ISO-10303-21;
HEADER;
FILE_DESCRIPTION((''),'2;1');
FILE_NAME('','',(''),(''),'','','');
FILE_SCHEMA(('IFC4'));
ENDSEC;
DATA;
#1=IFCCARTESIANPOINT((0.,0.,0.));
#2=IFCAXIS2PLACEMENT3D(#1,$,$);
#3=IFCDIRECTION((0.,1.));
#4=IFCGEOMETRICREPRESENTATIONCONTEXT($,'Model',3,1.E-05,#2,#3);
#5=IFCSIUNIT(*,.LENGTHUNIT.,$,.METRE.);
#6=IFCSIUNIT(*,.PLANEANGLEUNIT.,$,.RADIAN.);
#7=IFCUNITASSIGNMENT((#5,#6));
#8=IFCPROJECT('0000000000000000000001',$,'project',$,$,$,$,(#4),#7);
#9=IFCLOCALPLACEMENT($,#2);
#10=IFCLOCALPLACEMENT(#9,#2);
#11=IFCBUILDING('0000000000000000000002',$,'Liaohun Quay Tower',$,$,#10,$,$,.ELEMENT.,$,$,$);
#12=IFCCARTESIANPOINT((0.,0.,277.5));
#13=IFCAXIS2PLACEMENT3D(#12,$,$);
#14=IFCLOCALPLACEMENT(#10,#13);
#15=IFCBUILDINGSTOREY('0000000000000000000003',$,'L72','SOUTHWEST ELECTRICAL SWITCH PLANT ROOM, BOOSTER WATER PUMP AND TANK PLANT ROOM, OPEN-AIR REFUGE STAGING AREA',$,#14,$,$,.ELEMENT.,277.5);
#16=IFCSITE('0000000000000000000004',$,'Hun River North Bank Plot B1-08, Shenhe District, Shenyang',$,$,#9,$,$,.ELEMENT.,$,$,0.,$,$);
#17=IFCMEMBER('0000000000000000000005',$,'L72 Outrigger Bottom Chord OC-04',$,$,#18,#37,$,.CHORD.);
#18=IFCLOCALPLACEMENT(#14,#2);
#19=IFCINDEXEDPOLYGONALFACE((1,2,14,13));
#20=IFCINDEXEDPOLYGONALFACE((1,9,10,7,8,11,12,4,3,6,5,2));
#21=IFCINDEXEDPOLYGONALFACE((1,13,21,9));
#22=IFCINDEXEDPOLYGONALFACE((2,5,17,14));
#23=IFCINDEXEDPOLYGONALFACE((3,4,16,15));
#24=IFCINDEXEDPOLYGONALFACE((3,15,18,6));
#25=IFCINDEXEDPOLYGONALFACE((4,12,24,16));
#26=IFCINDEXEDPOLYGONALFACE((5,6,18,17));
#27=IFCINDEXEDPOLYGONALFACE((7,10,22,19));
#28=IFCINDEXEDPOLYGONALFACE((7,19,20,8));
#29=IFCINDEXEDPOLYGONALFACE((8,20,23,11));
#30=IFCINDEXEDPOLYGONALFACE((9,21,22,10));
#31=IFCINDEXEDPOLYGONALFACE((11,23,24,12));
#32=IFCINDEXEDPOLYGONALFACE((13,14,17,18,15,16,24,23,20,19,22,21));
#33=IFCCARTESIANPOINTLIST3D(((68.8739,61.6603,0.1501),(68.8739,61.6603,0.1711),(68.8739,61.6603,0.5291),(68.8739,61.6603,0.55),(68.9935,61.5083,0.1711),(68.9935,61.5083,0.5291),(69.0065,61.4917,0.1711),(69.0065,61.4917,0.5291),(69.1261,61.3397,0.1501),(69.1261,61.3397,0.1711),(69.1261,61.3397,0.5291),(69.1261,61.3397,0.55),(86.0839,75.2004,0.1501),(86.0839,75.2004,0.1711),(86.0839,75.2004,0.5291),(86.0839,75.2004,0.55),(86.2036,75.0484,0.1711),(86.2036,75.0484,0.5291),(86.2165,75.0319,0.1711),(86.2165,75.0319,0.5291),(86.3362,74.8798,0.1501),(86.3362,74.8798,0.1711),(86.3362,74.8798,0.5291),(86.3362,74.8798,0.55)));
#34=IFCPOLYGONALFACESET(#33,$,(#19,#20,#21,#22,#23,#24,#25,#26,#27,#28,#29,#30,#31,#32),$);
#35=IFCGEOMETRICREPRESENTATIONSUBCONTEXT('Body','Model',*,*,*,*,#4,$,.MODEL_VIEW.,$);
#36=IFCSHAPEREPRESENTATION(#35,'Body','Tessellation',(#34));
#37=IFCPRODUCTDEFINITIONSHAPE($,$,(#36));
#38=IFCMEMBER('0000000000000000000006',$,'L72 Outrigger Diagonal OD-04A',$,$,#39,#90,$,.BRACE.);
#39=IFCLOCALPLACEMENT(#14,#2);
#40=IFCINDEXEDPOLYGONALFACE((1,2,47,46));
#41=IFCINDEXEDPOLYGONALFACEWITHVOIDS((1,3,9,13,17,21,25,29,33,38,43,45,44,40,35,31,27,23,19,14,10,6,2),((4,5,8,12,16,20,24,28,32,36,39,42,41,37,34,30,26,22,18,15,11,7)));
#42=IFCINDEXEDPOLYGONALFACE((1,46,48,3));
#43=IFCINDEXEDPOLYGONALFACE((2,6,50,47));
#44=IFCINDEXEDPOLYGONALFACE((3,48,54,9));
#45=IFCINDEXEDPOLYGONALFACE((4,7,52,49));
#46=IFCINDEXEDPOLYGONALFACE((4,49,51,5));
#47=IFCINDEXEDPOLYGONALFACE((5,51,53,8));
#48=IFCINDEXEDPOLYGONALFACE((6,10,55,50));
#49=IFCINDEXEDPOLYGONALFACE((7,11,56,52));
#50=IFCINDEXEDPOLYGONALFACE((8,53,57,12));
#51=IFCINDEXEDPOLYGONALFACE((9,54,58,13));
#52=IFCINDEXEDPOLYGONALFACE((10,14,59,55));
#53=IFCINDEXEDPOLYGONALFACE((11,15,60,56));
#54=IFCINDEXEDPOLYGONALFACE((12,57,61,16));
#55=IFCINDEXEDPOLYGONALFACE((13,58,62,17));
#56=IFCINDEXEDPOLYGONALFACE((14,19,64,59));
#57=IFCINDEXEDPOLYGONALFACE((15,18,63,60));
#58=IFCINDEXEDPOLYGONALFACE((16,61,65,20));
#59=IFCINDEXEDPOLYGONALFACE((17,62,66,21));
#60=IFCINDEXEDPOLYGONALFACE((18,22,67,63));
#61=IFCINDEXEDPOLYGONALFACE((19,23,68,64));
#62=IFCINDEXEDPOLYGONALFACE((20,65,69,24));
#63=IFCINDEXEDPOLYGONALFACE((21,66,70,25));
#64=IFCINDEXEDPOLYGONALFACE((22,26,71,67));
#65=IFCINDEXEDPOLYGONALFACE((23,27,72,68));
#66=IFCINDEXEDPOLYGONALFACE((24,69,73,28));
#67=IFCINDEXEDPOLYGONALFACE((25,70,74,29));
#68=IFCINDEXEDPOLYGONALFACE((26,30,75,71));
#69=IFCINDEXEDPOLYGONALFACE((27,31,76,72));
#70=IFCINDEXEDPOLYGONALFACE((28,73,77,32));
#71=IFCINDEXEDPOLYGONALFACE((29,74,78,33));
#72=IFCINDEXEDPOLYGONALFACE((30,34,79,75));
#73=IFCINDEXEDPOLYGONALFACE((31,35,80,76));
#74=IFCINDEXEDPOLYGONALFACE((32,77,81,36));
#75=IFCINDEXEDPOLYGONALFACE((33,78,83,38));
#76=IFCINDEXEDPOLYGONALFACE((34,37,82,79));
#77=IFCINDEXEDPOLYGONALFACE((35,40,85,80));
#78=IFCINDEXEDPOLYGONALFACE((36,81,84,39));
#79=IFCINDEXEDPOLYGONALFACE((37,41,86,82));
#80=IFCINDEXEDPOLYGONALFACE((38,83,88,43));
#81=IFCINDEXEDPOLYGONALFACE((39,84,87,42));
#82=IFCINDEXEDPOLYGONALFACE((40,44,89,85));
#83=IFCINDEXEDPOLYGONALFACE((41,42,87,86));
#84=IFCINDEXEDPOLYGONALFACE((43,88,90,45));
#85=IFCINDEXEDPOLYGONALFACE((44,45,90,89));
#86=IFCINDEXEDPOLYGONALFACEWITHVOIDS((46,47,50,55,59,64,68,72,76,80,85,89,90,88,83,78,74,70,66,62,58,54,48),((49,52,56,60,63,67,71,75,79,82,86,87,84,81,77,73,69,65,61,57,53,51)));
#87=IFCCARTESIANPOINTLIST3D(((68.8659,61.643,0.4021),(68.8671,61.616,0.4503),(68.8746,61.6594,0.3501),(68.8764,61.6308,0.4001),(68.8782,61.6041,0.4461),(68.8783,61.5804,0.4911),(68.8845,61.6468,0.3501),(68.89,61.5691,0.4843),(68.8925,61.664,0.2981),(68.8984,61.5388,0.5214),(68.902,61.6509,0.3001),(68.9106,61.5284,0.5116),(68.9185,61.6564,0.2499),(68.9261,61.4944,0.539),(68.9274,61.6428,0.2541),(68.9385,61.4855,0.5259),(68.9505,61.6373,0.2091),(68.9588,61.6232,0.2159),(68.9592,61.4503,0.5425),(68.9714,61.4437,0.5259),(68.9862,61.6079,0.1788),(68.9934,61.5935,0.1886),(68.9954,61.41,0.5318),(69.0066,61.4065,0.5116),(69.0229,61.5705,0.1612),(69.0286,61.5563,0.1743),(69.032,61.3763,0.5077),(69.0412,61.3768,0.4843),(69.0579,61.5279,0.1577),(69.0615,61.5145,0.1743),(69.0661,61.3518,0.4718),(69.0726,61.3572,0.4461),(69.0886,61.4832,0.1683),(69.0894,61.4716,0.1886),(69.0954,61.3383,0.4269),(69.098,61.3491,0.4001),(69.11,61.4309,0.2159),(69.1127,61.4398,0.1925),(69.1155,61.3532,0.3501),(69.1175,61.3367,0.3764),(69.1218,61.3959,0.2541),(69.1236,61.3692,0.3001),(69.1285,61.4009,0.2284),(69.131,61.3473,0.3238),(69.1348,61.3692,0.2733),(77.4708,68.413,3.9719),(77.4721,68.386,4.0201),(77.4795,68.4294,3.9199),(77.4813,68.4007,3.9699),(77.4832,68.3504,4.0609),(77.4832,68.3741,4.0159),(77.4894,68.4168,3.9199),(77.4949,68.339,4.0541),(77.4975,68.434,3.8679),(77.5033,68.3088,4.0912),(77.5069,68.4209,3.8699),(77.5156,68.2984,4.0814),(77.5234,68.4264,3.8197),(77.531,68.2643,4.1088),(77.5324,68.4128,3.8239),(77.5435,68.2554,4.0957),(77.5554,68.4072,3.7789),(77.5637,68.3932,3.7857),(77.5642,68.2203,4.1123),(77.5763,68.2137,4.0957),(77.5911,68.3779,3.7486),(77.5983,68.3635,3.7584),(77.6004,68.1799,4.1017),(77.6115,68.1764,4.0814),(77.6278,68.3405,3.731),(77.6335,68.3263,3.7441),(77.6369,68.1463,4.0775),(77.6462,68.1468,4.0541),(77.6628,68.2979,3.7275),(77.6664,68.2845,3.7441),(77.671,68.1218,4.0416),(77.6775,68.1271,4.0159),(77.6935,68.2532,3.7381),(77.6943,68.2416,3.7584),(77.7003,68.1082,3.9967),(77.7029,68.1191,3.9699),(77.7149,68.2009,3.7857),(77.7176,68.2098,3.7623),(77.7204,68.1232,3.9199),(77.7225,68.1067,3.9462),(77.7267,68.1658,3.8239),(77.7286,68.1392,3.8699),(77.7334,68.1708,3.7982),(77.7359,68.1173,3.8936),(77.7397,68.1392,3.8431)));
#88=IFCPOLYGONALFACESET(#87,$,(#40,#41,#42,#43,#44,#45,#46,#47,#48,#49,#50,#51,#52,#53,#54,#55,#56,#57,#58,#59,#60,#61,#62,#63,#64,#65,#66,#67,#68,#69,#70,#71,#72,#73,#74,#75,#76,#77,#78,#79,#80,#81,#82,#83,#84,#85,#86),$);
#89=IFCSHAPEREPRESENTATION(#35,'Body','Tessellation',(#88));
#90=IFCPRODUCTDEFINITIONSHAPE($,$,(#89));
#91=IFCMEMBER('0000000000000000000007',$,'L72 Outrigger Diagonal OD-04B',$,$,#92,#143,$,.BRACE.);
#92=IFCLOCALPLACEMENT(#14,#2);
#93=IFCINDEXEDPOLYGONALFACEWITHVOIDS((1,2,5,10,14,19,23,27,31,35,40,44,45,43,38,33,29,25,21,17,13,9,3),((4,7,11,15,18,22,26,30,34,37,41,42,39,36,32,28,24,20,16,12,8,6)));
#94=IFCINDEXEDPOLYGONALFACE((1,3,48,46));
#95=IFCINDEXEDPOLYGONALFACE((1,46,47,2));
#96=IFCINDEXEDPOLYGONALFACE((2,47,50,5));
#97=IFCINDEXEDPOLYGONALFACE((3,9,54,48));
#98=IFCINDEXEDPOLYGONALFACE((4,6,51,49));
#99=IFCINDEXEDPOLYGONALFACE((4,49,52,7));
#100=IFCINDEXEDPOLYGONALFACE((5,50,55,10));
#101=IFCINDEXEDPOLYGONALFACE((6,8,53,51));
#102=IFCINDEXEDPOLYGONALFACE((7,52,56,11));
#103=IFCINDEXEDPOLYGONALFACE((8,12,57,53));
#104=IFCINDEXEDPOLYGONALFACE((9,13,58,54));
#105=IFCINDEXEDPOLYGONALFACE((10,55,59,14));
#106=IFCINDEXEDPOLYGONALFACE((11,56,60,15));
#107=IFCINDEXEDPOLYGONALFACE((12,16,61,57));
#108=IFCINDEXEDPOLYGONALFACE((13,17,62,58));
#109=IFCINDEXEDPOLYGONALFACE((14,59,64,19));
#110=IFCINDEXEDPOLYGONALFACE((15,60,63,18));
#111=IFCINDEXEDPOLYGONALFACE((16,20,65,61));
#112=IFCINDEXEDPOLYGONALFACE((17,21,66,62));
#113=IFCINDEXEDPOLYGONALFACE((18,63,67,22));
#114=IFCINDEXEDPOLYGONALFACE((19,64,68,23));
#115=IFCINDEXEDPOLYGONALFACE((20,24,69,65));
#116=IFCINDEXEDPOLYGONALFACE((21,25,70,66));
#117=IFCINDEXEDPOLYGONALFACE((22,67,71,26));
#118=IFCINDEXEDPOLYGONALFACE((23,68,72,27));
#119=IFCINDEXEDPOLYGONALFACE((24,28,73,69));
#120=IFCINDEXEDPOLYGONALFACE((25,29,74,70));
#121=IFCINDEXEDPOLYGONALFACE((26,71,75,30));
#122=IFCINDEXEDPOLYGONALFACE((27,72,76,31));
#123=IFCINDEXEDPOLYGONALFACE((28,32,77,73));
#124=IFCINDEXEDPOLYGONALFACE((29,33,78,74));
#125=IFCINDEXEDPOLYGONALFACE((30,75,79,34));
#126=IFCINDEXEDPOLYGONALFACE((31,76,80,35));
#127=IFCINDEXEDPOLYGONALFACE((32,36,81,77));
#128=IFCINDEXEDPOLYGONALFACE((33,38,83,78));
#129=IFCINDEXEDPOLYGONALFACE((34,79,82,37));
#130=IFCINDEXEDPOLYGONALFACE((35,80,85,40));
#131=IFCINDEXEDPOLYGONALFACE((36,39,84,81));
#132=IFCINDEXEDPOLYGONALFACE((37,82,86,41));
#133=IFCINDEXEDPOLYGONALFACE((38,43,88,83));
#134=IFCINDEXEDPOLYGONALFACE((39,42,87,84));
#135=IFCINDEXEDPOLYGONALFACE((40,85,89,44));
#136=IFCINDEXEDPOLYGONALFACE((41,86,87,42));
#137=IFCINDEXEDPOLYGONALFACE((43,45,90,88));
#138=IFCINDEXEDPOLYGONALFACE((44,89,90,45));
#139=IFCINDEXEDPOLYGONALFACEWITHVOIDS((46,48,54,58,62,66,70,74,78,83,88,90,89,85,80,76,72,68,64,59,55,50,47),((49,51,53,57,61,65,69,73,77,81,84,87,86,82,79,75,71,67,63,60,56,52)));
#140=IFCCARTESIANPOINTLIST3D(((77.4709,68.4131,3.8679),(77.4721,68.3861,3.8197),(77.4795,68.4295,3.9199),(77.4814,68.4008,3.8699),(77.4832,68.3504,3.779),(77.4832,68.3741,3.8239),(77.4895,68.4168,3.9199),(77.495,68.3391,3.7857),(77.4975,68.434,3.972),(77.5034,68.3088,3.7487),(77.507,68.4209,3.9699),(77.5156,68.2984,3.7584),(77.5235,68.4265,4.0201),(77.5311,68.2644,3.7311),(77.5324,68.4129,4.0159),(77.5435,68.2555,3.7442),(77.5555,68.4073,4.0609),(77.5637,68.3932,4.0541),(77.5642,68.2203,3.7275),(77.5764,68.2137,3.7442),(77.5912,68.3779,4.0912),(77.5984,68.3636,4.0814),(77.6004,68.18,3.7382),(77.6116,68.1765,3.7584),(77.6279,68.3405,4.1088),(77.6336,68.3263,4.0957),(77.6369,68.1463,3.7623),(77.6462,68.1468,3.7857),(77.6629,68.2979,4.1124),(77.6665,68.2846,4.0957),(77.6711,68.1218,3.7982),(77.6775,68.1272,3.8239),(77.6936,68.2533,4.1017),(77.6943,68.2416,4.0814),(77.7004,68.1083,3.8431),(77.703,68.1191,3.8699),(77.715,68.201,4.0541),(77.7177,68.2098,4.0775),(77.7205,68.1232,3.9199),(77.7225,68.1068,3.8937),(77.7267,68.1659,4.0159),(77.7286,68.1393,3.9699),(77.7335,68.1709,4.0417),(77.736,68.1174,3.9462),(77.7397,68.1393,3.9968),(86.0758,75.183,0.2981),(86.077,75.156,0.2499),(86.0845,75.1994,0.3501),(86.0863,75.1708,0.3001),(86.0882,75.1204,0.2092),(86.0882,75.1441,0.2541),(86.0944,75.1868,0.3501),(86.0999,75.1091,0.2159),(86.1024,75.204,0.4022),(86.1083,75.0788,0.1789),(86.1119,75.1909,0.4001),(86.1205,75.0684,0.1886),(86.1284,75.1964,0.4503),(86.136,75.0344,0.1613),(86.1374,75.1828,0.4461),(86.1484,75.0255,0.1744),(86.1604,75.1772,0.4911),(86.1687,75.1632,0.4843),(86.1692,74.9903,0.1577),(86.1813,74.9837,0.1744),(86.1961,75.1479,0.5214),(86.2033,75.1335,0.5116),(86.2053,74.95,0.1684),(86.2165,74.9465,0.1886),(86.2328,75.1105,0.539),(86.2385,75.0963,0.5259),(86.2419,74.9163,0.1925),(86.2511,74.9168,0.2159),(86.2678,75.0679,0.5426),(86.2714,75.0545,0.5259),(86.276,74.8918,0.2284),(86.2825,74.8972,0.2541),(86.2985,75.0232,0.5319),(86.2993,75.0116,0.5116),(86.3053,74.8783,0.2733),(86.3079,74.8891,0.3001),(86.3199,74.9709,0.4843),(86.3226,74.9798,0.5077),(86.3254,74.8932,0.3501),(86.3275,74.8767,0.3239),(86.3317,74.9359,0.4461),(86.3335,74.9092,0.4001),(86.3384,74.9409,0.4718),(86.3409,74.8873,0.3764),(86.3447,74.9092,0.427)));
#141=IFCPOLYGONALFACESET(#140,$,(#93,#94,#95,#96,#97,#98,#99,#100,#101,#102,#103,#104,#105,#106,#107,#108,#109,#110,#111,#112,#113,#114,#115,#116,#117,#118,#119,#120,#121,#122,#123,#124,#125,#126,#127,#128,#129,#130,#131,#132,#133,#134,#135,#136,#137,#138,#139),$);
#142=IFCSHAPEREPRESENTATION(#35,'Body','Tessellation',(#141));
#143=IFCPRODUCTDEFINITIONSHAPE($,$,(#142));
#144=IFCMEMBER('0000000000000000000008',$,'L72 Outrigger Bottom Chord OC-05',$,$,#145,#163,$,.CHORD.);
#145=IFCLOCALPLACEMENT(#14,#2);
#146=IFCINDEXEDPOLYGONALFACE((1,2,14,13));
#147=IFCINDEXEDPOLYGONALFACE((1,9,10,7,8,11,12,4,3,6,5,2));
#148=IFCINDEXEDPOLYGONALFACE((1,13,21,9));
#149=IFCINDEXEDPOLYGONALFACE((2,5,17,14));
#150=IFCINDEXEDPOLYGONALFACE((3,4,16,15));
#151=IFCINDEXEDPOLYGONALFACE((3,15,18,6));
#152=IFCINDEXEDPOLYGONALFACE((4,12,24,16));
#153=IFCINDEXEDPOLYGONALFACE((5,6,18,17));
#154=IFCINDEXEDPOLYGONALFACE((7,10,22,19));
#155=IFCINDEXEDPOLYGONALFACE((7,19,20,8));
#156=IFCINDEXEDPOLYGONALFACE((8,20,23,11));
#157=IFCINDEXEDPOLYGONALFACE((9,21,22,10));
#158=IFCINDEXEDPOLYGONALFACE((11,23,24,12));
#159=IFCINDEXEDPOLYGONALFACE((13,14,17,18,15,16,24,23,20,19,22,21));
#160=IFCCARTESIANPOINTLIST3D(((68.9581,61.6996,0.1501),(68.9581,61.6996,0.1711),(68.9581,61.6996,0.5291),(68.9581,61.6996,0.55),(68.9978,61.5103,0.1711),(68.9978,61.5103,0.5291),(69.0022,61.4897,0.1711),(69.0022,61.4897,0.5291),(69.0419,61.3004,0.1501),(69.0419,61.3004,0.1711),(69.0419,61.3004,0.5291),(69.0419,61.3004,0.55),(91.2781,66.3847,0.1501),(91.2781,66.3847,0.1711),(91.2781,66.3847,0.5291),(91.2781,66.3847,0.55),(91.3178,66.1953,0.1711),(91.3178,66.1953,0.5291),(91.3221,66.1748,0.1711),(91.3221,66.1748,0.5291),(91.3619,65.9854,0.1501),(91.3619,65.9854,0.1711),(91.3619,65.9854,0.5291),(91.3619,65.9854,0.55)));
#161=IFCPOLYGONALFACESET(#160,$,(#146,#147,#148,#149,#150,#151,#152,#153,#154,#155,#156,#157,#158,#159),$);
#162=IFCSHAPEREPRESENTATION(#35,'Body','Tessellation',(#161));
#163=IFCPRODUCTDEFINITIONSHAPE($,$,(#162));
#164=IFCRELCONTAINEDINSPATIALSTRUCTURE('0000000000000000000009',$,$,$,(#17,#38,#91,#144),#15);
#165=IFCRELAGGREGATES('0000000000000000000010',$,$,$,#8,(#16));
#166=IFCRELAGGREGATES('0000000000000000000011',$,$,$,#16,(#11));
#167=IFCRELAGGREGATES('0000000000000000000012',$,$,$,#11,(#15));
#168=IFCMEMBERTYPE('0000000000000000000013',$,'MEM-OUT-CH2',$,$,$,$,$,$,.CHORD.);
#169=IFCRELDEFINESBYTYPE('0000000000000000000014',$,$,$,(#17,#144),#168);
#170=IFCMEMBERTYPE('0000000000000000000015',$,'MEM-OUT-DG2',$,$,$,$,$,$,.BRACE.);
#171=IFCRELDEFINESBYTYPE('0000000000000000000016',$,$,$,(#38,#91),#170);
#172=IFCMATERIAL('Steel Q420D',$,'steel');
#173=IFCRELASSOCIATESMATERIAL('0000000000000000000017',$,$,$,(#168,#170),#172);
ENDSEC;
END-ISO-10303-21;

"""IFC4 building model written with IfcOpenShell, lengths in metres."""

from ifc_helpers import new_model, si_unit, direction, frame, origin, origin_2d, place, context, subcontext, project, spatial, hollow_circle, i_section, extrude, source, transform, mapped, material, material_profile, profile_set, type_object, element, save


model = new_model("IFC4")

# Units and contexts
model_context = context("Model", 3, precision=1e-05, world=origin(), true_north=direction((0.0, 1.0)))
body_context = subcontext(model_context, "Body", "Model", "MODEL_VIEW")
ifc_project = project(units=[si_unit("LENGTHUNIT", "METRE"), si_unit("PLANEANGLEUNIT", "RADIAN")], contexts=[model_context])

# Site, building, storey
site_placement = place(None, origin())
site = spatial("IfcSite", under=ifc_project, at=site_placement, Name="Hun River North Bank Plot B1-08, Shenhe District, Shenyang", CompositionType="ELEMENT", RefElevation=0.0)
building_placement = place(site_placement, origin())
building = spatial("IfcBuilding", under=site, at=building_placement, Name="Liaohun Quay Tower", CompositionType="ELEMENT")
storey_placement = place(building_placement, frame((0.0, 0.0, 277.5)))
storey = spatial("IfcBuildingStorey", under=building, at=storey_placement, Name="L72", Description="SOUTHWEST ELECTRICAL SWITCH PLANT ROOM, BOOSTER WATER PUMP AND TANK PLANT ROOM, OPEN-AIR REFUGE STAGING AREA", CompositionType="ELEMENT", Elevation=277.5)

# Members
ifc_material_1 = material(Name="Steel Q420D", Category="steel")
ifc_material_profile_1 = material_profile(ifc_material_1, i_section(OverallWidth=0.408, OverallDepth=0.3999, WebThickness=0.021, FlangeThickness=0.021, at=origin_2d()), Name="HW400x408x21x21")
ifc_profile_set_1 = profile_set([ifc_material_profile_1], Name="Steel Q420D")
member_type_1 = type_object("IfcMemberType", Name="MEM-OUT-CH2", PredefinedType="CHORD", material=ifc_profile_set_1)
shared_shape_1 = source(origin(), body_context, "Body", "SweptSolid", [
    extrude(i_section(OverallWidth=0.408, OverallDepth=0.3999, WebThickness=0.021, FlangeThickness=0.021, at=origin_2d()), origin(), (0.0, 0.0, 1.0), 21.8979),
])
member_1_placement = place(storey_placement, frame((69.0, 61.5, 0.3501), z_axis=(0.78592, 0.618328, 0.0), x_axis=(-0.618328, 0.78592, 0.0)))
element("IfcMember", 1, at=member_1_placement, inside=storey, type_object=member_type_1, Name="L72 Outrigger Bottom Chord OC-04", PredefinedType="CHORD", context=body_context, shape_type="MappedRepresentation", body=[
    mapped(shared_shape_1, transform((0.0, 0.0, 0.0), x_axis=(1.0, 0.0, 0.0), y_axis=(0.0, 1.0, 0.0), z_axis=(0.0, 0.0, 1.0), scale=1.0)),
])
ifc_material_profile_2 = material_profile(ifc_material_1, hollow_circle(Radius=0.2029, WallThickness=0.0161, at=origin_2d()), Name="CHS406x16")
ifc_profile_set_2 = profile_set([ifc_material_profile_2], Name="Steel Q420D")
member_type_2 = type_object("IfcMemberType", Name="MEM-OUT-DG2", PredefinedType="BRACE", material=ifc_profile_set_2)
shared_shape_2 = source(origin(), body_context, "Body", "SweptSolid", [
    extrude(hollow_circle(Radius=0.2029, WallThickness=0.0161, at=origin_2d()), origin(), (0.0, 0.0, 1.0), 11.5161),
])
for number, where, z_axis, x_axis, name in (
    (2, (69.0, 61.5, 0.3501), (0.747208, 0.58787, 0.309983), (-0.618328, 0.78592, 0.0), "L72 Outrigger Diagonal OD-04A"),
    (3, (77.605, 68.27, 3.9199), (0.747208, 0.58787, -0.309983), (-0.618328, 0.78592, 0.0), "L72 Outrigger Diagonal OD-04B"),
):
    element("IfcMember", number, at=place(storey_placement, frame(where, z_axis=z_axis, x_axis=x_axis)), inside=storey, type_object=member_type_2, Name=name, PredefinedType="BRACE", context=body_context, shape_type="MappedRepresentation", body=[
        mapped(shared_shape_2, transform((0.0, 0.0, 0.0), x_axis=(1.0, 0.0, 0.0), y_axis=(0.0, 1.0, 0.0), z_axis=(0.0, 0.0, 1.0), scale=1.0)),
    ])
shared_shape_3 = source(origin(), body_context, "Body", "SweptSolid", [
    extrude(i_section(OverallWidth=0.408, OverallDepth=0.3999, WebThickness=0.021, FlangeThickness=0.021, at=origin_2d()), origin(), (0.0, 0.0, 1.0), 22.8064),
])
member_2_placement = place(storey_placement, frame((69.0, 61.5, 0.3501), z_axis=(0.978673, 0.205427, 0.0), x_axis=(-0.205427, 0.978673, 0.0)))
element("IfcMember", 4, at=member_2_placement, inside=storey, type_object=member_type_1, Name="L72 Outrigger Bottom Chord OC-05", PredefinedType="CHORD", context=body_context, shape_type="MappedRepresentation", body=[
    mapped(shared_shape_3, transform((0.0, 0.0, 0.0), x_axis=(1.0, 0.0, 0.0), y_axis=(0.0, 1.0, 0.0), z_axis=(0.0, 0.0, 1.0), scale=1.0)),
])

save(model, "model.ifc")
